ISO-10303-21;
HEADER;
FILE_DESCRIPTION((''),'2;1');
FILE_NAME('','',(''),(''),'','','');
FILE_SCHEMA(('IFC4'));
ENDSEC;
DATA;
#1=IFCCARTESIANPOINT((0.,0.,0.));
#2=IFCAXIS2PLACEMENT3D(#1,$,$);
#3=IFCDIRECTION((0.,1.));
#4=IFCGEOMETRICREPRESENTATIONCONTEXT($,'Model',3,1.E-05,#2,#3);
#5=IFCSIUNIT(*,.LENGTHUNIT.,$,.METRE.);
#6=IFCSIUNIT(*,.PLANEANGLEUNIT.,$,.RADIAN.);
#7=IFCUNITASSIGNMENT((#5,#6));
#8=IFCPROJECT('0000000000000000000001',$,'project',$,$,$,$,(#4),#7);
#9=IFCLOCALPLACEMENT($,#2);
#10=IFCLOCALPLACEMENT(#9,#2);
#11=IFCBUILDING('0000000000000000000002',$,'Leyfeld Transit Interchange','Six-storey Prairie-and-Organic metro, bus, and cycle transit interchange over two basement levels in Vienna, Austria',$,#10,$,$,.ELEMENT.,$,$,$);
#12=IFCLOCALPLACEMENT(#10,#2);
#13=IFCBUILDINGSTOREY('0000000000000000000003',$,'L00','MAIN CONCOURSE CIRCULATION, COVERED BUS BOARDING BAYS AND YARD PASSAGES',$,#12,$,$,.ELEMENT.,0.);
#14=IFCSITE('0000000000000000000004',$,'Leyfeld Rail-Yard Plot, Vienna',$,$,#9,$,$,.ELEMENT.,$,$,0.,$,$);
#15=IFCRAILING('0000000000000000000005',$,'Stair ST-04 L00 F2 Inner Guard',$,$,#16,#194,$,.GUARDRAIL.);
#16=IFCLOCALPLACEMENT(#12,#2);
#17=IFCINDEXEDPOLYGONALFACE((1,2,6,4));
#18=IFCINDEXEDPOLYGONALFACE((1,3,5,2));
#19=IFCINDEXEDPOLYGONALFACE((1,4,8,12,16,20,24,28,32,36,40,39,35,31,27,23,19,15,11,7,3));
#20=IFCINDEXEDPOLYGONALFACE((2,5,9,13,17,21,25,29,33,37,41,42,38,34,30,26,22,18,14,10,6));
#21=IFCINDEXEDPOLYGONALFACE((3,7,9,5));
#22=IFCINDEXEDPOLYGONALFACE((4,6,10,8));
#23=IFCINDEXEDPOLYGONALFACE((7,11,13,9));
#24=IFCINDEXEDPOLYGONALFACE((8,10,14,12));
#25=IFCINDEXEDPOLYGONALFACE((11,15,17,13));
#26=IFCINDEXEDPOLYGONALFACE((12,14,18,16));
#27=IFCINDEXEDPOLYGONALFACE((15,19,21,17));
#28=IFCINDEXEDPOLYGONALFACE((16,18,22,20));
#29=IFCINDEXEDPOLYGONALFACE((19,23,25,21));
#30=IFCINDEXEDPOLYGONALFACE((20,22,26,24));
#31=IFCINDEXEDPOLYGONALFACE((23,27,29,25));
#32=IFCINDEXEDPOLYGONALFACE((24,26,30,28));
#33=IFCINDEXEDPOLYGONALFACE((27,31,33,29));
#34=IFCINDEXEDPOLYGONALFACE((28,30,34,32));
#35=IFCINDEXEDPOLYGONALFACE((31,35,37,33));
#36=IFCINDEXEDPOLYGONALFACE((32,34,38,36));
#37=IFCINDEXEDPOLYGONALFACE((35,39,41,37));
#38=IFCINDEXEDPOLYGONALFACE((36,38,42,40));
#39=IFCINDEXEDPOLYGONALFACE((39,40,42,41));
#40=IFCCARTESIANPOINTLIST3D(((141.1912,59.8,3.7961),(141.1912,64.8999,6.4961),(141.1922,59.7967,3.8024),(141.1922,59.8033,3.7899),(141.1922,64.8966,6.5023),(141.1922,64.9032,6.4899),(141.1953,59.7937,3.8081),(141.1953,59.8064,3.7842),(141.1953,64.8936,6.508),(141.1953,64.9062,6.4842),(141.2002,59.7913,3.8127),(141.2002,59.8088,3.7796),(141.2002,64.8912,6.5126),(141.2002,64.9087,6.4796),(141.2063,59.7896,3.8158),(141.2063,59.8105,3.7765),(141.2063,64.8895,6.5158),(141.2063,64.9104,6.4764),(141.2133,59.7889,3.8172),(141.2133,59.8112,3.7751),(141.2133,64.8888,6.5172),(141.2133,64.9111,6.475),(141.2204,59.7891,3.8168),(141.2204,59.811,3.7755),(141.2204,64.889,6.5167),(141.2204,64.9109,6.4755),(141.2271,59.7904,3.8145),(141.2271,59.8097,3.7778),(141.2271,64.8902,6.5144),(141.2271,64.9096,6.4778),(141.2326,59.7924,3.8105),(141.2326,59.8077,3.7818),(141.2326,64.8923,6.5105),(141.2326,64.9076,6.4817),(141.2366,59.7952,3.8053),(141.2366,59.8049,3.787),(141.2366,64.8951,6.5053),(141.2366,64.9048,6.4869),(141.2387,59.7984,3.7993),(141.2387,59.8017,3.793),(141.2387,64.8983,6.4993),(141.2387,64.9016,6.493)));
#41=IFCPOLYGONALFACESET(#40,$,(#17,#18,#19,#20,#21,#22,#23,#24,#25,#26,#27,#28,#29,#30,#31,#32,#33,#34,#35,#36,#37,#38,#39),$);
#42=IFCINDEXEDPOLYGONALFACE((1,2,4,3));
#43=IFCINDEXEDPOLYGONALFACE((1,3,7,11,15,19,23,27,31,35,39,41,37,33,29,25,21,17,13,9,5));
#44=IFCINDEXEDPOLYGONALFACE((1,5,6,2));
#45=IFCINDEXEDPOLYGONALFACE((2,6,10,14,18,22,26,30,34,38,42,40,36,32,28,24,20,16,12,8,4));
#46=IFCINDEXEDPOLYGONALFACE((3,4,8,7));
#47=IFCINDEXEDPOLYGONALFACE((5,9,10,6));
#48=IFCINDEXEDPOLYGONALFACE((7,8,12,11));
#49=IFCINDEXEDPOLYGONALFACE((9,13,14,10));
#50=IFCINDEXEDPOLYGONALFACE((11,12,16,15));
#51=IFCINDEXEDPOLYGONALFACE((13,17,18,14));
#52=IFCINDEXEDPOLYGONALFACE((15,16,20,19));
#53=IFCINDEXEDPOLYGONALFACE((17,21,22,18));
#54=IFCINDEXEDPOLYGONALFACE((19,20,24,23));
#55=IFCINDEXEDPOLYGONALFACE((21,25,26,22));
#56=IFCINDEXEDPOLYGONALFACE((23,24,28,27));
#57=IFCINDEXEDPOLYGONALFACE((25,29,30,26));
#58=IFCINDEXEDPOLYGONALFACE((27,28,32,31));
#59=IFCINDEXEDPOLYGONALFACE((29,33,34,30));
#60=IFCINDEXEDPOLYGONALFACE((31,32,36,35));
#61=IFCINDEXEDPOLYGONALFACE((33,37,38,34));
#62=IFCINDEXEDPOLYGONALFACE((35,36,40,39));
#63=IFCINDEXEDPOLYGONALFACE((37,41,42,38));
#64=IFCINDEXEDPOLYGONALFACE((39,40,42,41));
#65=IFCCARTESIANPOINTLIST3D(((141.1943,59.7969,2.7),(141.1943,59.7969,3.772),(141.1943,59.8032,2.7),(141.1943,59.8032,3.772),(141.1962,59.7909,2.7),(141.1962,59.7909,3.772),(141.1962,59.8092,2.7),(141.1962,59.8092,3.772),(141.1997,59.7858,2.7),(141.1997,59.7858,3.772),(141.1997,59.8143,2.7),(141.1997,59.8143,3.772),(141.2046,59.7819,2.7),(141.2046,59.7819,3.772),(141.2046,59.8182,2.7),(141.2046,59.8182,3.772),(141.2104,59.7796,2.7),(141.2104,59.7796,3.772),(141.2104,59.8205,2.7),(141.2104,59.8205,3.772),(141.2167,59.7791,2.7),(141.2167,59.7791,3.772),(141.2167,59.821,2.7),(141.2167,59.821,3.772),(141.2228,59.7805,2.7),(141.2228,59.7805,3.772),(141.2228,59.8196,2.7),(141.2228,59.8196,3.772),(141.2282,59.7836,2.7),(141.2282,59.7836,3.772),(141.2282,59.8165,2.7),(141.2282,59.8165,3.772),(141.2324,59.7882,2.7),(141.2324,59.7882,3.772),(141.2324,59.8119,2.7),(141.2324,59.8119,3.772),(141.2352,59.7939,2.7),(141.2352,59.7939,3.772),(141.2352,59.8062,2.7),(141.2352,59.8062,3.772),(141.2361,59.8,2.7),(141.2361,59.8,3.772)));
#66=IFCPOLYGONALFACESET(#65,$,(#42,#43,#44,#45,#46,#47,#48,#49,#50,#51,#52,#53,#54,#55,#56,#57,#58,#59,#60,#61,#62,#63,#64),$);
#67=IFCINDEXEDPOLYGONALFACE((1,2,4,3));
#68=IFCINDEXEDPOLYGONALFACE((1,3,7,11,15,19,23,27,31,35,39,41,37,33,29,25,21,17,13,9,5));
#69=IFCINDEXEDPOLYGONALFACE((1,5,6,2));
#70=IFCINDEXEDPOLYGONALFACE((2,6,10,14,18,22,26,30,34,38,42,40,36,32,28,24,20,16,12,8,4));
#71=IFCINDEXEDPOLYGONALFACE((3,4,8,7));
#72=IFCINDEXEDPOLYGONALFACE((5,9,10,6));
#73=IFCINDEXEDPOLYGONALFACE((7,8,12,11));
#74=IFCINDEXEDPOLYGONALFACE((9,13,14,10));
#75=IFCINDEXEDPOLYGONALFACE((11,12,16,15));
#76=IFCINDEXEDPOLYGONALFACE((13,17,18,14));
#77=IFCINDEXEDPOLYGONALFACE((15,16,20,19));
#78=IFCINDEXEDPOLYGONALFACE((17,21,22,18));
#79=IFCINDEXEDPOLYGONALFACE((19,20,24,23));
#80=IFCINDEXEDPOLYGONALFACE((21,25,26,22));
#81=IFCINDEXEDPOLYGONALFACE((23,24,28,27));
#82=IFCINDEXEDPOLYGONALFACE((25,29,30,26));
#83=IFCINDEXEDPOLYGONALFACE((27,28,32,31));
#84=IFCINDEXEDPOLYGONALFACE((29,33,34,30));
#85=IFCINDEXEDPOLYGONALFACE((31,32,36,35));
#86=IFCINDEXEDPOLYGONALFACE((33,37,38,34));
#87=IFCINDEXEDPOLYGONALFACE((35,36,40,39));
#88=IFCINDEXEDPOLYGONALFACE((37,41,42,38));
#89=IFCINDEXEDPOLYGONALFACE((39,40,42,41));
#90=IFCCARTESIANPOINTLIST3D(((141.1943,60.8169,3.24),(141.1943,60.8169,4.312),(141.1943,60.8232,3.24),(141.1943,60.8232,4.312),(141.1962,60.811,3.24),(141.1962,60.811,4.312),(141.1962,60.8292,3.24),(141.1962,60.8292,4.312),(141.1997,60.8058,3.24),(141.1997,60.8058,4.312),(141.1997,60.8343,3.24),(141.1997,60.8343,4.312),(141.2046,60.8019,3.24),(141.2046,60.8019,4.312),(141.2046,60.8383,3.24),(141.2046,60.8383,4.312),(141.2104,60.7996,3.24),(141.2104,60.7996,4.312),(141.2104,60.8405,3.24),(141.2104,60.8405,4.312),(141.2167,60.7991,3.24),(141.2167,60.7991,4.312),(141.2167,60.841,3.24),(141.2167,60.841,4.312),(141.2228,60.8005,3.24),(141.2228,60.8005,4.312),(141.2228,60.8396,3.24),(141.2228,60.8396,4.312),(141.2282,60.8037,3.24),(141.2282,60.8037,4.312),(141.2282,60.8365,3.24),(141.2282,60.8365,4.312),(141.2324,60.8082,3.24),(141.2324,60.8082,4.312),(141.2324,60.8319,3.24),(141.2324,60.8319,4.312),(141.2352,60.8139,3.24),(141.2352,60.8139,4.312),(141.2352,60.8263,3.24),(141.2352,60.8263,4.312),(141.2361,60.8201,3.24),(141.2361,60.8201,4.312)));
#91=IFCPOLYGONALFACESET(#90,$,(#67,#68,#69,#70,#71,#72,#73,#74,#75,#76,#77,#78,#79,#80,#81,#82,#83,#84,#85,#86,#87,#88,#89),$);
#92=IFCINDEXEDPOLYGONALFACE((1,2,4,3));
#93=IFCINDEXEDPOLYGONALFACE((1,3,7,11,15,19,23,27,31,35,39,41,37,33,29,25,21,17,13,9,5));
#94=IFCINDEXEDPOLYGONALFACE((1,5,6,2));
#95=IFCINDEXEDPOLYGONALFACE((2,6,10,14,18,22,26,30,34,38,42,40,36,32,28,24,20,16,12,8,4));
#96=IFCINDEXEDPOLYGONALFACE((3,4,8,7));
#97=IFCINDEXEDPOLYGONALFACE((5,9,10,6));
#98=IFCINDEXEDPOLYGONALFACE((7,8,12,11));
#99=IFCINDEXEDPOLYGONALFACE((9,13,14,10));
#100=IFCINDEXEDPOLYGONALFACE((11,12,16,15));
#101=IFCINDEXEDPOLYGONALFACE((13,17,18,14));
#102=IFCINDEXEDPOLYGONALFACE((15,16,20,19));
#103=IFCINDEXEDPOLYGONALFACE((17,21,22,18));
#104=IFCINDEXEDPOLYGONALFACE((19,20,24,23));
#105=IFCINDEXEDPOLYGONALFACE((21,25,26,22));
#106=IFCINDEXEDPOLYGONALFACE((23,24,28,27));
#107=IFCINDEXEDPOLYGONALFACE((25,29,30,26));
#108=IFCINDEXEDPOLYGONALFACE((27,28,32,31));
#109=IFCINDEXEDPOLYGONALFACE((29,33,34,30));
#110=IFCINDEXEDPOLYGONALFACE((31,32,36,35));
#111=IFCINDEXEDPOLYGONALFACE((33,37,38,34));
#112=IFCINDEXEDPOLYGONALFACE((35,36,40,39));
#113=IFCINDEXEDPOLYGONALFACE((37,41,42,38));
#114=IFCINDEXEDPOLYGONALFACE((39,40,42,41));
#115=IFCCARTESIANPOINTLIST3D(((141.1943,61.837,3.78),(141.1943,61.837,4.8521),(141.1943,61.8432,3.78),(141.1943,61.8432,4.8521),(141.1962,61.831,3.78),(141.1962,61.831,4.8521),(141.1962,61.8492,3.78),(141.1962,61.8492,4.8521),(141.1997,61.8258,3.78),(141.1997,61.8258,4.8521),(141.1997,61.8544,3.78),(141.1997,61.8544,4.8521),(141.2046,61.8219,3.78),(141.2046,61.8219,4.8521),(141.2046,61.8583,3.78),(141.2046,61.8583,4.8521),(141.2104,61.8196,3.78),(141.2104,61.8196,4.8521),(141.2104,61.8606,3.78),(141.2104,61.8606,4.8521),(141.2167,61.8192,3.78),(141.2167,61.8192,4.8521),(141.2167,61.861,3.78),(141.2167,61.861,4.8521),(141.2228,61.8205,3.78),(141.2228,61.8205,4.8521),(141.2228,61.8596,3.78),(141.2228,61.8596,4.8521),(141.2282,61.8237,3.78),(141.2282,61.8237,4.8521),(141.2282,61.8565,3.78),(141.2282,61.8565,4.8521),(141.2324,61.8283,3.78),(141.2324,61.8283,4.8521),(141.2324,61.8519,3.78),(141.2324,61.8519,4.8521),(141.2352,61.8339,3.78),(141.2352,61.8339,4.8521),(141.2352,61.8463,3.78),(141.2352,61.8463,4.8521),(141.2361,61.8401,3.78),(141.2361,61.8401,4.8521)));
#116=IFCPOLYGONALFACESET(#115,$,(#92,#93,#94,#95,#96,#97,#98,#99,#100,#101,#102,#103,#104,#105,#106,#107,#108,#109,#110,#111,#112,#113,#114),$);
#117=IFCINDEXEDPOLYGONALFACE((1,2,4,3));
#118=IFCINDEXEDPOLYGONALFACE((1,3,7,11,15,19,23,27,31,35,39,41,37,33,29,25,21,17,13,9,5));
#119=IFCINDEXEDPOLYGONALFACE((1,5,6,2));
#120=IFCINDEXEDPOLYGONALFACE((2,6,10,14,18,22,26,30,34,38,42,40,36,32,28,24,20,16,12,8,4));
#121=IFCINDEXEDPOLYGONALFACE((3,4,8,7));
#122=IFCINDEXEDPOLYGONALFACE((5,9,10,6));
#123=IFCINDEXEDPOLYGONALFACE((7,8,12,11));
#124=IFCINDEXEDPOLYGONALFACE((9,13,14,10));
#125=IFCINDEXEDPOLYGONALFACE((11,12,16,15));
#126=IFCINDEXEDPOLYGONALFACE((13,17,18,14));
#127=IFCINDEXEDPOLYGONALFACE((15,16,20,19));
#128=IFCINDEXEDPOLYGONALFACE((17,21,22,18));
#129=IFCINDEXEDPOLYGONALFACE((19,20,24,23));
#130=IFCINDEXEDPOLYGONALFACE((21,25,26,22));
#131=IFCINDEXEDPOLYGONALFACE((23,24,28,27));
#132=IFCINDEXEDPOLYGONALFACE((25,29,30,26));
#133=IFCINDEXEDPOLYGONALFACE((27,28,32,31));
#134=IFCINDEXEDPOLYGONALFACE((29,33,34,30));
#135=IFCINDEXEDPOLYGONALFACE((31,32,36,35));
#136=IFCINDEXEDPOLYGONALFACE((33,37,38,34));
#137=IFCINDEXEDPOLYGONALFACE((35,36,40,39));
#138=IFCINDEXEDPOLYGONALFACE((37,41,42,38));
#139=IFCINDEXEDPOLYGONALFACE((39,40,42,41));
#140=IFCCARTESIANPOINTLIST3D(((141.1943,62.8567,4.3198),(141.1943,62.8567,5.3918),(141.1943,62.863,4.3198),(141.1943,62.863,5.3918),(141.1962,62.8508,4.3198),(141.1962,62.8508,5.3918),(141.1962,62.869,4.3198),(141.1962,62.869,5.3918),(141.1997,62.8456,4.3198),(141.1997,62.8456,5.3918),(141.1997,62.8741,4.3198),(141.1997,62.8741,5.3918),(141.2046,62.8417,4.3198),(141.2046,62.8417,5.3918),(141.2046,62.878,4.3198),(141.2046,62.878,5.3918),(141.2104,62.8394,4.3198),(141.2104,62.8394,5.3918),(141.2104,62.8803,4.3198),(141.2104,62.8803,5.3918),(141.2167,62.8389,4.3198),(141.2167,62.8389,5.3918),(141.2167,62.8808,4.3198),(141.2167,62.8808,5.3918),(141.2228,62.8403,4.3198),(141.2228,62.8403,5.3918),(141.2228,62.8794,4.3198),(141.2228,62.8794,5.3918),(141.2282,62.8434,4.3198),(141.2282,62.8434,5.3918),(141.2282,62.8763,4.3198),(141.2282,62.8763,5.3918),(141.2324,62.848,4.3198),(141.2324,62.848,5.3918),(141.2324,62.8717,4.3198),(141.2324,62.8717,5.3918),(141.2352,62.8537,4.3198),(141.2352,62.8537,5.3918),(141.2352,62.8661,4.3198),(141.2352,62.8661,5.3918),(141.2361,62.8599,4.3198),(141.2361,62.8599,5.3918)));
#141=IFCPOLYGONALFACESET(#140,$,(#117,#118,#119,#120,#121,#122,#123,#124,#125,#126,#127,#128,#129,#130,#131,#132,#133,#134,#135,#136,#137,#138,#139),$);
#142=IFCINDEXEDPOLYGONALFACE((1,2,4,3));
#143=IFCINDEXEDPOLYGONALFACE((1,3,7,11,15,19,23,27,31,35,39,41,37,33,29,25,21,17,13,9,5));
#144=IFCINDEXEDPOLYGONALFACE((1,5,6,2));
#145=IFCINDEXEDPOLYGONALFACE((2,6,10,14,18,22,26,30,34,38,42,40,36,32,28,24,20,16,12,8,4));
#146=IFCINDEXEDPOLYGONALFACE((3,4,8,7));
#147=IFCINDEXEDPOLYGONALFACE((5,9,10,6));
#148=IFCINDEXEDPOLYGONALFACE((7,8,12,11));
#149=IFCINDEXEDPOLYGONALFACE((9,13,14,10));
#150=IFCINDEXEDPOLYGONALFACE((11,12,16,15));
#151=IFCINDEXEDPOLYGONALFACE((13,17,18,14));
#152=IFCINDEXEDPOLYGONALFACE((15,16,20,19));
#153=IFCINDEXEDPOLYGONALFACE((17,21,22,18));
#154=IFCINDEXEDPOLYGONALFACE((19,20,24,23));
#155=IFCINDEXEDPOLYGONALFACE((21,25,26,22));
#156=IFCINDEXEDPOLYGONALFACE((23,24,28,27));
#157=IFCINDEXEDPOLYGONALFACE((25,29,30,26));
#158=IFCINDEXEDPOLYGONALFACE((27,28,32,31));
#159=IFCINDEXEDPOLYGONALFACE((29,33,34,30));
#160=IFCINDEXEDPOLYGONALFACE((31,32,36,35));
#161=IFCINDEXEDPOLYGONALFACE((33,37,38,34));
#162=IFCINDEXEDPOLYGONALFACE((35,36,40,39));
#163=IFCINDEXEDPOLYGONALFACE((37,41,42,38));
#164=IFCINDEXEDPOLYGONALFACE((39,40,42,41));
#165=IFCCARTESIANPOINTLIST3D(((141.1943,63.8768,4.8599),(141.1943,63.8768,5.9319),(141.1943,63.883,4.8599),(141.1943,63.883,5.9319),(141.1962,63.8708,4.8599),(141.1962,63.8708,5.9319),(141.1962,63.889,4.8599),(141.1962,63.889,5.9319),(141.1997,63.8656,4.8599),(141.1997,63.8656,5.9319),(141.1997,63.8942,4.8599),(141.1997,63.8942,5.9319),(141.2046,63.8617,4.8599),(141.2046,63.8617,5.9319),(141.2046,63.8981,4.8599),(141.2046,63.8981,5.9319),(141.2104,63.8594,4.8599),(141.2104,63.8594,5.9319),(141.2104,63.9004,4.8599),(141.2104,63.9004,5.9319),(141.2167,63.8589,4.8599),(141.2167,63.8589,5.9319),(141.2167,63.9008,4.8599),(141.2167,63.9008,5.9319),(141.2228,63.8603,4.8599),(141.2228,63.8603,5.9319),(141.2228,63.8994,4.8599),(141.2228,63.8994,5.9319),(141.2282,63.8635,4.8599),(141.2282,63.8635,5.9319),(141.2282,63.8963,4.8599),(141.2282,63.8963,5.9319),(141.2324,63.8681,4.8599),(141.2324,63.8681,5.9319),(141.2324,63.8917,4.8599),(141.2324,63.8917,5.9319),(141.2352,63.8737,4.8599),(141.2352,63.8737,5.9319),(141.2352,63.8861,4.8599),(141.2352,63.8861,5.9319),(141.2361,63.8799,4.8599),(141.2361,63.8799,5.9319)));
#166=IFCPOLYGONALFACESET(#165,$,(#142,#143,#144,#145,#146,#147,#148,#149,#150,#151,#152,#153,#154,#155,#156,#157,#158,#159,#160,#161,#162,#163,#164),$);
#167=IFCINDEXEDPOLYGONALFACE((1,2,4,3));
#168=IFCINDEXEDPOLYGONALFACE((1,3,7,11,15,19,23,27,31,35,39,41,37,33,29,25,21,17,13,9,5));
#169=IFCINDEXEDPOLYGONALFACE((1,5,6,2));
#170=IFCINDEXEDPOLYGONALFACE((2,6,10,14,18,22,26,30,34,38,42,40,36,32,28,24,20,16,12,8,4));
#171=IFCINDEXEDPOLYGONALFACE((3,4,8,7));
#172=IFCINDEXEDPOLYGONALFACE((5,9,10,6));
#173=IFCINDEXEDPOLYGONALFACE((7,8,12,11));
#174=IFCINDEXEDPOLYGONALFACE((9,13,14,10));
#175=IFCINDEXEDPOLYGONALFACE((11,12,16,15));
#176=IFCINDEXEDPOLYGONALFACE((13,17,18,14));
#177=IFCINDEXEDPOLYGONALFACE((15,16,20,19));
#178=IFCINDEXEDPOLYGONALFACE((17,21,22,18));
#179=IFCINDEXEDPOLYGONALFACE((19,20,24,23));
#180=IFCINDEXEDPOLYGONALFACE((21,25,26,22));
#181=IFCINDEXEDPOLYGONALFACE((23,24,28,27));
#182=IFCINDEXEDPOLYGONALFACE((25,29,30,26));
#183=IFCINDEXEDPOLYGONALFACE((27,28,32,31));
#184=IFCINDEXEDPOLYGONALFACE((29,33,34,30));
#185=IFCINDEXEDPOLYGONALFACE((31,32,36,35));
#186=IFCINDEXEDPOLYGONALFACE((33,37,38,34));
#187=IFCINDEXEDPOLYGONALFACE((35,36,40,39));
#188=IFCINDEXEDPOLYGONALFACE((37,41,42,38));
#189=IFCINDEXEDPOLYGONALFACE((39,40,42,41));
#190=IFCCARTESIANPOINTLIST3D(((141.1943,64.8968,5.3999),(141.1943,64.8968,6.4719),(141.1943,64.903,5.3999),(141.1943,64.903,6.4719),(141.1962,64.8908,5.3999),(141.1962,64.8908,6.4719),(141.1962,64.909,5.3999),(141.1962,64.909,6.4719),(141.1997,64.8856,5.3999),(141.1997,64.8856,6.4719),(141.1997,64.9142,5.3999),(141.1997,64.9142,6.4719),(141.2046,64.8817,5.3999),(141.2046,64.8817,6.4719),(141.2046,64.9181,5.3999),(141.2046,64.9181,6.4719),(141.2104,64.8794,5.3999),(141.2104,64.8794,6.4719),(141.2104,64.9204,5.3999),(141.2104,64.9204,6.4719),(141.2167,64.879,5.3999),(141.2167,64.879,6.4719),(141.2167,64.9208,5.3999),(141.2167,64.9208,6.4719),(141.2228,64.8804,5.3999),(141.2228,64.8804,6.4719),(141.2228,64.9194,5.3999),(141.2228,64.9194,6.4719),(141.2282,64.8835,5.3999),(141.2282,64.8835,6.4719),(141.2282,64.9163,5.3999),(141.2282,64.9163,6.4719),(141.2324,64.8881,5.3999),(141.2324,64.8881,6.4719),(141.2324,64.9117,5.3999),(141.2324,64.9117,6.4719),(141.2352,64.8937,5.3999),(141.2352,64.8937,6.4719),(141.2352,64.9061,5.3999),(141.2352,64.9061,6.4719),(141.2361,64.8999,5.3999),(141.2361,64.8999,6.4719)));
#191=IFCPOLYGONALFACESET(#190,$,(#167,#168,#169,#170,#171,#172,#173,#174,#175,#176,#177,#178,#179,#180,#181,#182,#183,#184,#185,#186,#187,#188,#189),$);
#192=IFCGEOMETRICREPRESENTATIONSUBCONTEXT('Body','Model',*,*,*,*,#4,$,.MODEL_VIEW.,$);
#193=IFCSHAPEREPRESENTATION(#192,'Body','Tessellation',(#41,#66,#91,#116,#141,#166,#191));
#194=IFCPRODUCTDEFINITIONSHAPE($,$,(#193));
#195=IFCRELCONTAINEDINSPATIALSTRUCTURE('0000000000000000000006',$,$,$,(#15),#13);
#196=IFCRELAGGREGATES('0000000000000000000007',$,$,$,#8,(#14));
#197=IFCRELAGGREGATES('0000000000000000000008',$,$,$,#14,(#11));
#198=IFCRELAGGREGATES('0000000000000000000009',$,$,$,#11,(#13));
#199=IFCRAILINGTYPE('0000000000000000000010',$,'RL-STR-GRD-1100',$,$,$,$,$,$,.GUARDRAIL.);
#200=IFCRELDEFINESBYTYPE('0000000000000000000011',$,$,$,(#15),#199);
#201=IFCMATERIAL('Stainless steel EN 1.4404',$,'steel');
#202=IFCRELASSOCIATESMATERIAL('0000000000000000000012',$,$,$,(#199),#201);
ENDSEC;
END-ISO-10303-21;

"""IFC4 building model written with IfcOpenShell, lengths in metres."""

from ifc_helpers import new_model, si_unit, direction, frame, origin, origin_2d, place, context, subcontext, project, spatial, circle, extrude, material, type_object, element, save


model = new_model("IFC4")

# Units and contexts
model_context = context("Model", 3, precision=1e-05, world=origin(), true_north=direction((0.0, 1.0)))
body_context = subcontext(model_context, "Body", "Model", "MODEL_VIEW")
ifc_project = project(units=[si_unit("LENGTHUNIT", "METRE"), si_unit("PLANEANGLEUNIT", "RADIAN")], contexts=[model_context])

# Site, building, storey
site_placement = place(None, origin())
site = spatial("IfcSite", under=ifc_project, at=site_placement, Name="Leyfeld Rail-Yard Plot, Vienna", CompositionType="ELEMENT", RefElevation=0.0)
building_placement = place(site_placement, origin())
building = spatial("IfcBuilding", under=site, at=building_placement, Name="Leyfeld Transit Interchange", Description="Six-storey Prairie-and-Organic metro, bus, and cycle transit interchange over two basement levels in Vienna, Austria", CompositionType="ELEMENT")
storey_placement = place(building_placement, origin())
storey = spatial("IfcBuildingStorey", under=building, at=storey_placement, Name="L00", Description="MAIN CONCOURSE CIRCULATION, COVERED BUS BOARDING BAYS AND YARD PASSAGES", CompositionType="ELEMENT", Elevation=0.0)

# Railing
ifc_material_1 = material(Name="Stainless steel EN 1.4404", Category="steel")
railing_type_1 = type_object("IfcRailingType", Name="RL-STR-GRD-1100", PredefinedType="GUARDRAIL", material=ifc_material_1)
for number, where, name in (
    (1, (141.2151, 59.8, 2.7), "Stair ST-04 L00 F2 Inner Guard"),
):
    element("IfcRailing", number, at=place(storey_placement, frame(where)), inside=storey, type_object=railing_type_1, Name=name, PredefinedType="GUARDRAIL", context=body_context, shape_type="SweptSolid", body=[
        extrude(circle(Radius=0.0239, at=origin_2d()), frame((0.0, 0.0, 1.0962), z_axis=(0.0, 0.883786, 0.467892), x_axis=(-1.0, 0.0, 0.0)), (0.0, 0.0, 1.0), 5.7705),
        extrude(circle(Radius=0.021, at=origin_2d()), origin(), (0.0, 0.0, 1.0), 1.072),
        extrude(circle(Radius=0.021, at=origin_2d()), frame((0.0, 1.02, 0.54)), (0.0, 0.0, 1.0), 1.072),
        extrude(circle(Radius=0.021, at=origin_2d()), frame((0.0, 2.04, 1.0801)), (0.0, 0.0, 1.0), 1.072),
        extrude(circle(Radius=0.021, at=origin_2d()), frame((0.0, 3.0598, 1.6199)), (0.0, 0.0, 1.0), 1.072),
        extrude(circle(Radius=0.021, at=origin_2d()), frame((0.0, 4.0798, 2.1599)), (0.0, 0.0, 1.0), 1.072),
        extrude(circle(Radius=0.021, at=origin_2d()), frame((0.0, 5.0999, 2.7)), (0.0, 0.0, 1.0), 1.072),
    ])

save(model, "model.ifc")
